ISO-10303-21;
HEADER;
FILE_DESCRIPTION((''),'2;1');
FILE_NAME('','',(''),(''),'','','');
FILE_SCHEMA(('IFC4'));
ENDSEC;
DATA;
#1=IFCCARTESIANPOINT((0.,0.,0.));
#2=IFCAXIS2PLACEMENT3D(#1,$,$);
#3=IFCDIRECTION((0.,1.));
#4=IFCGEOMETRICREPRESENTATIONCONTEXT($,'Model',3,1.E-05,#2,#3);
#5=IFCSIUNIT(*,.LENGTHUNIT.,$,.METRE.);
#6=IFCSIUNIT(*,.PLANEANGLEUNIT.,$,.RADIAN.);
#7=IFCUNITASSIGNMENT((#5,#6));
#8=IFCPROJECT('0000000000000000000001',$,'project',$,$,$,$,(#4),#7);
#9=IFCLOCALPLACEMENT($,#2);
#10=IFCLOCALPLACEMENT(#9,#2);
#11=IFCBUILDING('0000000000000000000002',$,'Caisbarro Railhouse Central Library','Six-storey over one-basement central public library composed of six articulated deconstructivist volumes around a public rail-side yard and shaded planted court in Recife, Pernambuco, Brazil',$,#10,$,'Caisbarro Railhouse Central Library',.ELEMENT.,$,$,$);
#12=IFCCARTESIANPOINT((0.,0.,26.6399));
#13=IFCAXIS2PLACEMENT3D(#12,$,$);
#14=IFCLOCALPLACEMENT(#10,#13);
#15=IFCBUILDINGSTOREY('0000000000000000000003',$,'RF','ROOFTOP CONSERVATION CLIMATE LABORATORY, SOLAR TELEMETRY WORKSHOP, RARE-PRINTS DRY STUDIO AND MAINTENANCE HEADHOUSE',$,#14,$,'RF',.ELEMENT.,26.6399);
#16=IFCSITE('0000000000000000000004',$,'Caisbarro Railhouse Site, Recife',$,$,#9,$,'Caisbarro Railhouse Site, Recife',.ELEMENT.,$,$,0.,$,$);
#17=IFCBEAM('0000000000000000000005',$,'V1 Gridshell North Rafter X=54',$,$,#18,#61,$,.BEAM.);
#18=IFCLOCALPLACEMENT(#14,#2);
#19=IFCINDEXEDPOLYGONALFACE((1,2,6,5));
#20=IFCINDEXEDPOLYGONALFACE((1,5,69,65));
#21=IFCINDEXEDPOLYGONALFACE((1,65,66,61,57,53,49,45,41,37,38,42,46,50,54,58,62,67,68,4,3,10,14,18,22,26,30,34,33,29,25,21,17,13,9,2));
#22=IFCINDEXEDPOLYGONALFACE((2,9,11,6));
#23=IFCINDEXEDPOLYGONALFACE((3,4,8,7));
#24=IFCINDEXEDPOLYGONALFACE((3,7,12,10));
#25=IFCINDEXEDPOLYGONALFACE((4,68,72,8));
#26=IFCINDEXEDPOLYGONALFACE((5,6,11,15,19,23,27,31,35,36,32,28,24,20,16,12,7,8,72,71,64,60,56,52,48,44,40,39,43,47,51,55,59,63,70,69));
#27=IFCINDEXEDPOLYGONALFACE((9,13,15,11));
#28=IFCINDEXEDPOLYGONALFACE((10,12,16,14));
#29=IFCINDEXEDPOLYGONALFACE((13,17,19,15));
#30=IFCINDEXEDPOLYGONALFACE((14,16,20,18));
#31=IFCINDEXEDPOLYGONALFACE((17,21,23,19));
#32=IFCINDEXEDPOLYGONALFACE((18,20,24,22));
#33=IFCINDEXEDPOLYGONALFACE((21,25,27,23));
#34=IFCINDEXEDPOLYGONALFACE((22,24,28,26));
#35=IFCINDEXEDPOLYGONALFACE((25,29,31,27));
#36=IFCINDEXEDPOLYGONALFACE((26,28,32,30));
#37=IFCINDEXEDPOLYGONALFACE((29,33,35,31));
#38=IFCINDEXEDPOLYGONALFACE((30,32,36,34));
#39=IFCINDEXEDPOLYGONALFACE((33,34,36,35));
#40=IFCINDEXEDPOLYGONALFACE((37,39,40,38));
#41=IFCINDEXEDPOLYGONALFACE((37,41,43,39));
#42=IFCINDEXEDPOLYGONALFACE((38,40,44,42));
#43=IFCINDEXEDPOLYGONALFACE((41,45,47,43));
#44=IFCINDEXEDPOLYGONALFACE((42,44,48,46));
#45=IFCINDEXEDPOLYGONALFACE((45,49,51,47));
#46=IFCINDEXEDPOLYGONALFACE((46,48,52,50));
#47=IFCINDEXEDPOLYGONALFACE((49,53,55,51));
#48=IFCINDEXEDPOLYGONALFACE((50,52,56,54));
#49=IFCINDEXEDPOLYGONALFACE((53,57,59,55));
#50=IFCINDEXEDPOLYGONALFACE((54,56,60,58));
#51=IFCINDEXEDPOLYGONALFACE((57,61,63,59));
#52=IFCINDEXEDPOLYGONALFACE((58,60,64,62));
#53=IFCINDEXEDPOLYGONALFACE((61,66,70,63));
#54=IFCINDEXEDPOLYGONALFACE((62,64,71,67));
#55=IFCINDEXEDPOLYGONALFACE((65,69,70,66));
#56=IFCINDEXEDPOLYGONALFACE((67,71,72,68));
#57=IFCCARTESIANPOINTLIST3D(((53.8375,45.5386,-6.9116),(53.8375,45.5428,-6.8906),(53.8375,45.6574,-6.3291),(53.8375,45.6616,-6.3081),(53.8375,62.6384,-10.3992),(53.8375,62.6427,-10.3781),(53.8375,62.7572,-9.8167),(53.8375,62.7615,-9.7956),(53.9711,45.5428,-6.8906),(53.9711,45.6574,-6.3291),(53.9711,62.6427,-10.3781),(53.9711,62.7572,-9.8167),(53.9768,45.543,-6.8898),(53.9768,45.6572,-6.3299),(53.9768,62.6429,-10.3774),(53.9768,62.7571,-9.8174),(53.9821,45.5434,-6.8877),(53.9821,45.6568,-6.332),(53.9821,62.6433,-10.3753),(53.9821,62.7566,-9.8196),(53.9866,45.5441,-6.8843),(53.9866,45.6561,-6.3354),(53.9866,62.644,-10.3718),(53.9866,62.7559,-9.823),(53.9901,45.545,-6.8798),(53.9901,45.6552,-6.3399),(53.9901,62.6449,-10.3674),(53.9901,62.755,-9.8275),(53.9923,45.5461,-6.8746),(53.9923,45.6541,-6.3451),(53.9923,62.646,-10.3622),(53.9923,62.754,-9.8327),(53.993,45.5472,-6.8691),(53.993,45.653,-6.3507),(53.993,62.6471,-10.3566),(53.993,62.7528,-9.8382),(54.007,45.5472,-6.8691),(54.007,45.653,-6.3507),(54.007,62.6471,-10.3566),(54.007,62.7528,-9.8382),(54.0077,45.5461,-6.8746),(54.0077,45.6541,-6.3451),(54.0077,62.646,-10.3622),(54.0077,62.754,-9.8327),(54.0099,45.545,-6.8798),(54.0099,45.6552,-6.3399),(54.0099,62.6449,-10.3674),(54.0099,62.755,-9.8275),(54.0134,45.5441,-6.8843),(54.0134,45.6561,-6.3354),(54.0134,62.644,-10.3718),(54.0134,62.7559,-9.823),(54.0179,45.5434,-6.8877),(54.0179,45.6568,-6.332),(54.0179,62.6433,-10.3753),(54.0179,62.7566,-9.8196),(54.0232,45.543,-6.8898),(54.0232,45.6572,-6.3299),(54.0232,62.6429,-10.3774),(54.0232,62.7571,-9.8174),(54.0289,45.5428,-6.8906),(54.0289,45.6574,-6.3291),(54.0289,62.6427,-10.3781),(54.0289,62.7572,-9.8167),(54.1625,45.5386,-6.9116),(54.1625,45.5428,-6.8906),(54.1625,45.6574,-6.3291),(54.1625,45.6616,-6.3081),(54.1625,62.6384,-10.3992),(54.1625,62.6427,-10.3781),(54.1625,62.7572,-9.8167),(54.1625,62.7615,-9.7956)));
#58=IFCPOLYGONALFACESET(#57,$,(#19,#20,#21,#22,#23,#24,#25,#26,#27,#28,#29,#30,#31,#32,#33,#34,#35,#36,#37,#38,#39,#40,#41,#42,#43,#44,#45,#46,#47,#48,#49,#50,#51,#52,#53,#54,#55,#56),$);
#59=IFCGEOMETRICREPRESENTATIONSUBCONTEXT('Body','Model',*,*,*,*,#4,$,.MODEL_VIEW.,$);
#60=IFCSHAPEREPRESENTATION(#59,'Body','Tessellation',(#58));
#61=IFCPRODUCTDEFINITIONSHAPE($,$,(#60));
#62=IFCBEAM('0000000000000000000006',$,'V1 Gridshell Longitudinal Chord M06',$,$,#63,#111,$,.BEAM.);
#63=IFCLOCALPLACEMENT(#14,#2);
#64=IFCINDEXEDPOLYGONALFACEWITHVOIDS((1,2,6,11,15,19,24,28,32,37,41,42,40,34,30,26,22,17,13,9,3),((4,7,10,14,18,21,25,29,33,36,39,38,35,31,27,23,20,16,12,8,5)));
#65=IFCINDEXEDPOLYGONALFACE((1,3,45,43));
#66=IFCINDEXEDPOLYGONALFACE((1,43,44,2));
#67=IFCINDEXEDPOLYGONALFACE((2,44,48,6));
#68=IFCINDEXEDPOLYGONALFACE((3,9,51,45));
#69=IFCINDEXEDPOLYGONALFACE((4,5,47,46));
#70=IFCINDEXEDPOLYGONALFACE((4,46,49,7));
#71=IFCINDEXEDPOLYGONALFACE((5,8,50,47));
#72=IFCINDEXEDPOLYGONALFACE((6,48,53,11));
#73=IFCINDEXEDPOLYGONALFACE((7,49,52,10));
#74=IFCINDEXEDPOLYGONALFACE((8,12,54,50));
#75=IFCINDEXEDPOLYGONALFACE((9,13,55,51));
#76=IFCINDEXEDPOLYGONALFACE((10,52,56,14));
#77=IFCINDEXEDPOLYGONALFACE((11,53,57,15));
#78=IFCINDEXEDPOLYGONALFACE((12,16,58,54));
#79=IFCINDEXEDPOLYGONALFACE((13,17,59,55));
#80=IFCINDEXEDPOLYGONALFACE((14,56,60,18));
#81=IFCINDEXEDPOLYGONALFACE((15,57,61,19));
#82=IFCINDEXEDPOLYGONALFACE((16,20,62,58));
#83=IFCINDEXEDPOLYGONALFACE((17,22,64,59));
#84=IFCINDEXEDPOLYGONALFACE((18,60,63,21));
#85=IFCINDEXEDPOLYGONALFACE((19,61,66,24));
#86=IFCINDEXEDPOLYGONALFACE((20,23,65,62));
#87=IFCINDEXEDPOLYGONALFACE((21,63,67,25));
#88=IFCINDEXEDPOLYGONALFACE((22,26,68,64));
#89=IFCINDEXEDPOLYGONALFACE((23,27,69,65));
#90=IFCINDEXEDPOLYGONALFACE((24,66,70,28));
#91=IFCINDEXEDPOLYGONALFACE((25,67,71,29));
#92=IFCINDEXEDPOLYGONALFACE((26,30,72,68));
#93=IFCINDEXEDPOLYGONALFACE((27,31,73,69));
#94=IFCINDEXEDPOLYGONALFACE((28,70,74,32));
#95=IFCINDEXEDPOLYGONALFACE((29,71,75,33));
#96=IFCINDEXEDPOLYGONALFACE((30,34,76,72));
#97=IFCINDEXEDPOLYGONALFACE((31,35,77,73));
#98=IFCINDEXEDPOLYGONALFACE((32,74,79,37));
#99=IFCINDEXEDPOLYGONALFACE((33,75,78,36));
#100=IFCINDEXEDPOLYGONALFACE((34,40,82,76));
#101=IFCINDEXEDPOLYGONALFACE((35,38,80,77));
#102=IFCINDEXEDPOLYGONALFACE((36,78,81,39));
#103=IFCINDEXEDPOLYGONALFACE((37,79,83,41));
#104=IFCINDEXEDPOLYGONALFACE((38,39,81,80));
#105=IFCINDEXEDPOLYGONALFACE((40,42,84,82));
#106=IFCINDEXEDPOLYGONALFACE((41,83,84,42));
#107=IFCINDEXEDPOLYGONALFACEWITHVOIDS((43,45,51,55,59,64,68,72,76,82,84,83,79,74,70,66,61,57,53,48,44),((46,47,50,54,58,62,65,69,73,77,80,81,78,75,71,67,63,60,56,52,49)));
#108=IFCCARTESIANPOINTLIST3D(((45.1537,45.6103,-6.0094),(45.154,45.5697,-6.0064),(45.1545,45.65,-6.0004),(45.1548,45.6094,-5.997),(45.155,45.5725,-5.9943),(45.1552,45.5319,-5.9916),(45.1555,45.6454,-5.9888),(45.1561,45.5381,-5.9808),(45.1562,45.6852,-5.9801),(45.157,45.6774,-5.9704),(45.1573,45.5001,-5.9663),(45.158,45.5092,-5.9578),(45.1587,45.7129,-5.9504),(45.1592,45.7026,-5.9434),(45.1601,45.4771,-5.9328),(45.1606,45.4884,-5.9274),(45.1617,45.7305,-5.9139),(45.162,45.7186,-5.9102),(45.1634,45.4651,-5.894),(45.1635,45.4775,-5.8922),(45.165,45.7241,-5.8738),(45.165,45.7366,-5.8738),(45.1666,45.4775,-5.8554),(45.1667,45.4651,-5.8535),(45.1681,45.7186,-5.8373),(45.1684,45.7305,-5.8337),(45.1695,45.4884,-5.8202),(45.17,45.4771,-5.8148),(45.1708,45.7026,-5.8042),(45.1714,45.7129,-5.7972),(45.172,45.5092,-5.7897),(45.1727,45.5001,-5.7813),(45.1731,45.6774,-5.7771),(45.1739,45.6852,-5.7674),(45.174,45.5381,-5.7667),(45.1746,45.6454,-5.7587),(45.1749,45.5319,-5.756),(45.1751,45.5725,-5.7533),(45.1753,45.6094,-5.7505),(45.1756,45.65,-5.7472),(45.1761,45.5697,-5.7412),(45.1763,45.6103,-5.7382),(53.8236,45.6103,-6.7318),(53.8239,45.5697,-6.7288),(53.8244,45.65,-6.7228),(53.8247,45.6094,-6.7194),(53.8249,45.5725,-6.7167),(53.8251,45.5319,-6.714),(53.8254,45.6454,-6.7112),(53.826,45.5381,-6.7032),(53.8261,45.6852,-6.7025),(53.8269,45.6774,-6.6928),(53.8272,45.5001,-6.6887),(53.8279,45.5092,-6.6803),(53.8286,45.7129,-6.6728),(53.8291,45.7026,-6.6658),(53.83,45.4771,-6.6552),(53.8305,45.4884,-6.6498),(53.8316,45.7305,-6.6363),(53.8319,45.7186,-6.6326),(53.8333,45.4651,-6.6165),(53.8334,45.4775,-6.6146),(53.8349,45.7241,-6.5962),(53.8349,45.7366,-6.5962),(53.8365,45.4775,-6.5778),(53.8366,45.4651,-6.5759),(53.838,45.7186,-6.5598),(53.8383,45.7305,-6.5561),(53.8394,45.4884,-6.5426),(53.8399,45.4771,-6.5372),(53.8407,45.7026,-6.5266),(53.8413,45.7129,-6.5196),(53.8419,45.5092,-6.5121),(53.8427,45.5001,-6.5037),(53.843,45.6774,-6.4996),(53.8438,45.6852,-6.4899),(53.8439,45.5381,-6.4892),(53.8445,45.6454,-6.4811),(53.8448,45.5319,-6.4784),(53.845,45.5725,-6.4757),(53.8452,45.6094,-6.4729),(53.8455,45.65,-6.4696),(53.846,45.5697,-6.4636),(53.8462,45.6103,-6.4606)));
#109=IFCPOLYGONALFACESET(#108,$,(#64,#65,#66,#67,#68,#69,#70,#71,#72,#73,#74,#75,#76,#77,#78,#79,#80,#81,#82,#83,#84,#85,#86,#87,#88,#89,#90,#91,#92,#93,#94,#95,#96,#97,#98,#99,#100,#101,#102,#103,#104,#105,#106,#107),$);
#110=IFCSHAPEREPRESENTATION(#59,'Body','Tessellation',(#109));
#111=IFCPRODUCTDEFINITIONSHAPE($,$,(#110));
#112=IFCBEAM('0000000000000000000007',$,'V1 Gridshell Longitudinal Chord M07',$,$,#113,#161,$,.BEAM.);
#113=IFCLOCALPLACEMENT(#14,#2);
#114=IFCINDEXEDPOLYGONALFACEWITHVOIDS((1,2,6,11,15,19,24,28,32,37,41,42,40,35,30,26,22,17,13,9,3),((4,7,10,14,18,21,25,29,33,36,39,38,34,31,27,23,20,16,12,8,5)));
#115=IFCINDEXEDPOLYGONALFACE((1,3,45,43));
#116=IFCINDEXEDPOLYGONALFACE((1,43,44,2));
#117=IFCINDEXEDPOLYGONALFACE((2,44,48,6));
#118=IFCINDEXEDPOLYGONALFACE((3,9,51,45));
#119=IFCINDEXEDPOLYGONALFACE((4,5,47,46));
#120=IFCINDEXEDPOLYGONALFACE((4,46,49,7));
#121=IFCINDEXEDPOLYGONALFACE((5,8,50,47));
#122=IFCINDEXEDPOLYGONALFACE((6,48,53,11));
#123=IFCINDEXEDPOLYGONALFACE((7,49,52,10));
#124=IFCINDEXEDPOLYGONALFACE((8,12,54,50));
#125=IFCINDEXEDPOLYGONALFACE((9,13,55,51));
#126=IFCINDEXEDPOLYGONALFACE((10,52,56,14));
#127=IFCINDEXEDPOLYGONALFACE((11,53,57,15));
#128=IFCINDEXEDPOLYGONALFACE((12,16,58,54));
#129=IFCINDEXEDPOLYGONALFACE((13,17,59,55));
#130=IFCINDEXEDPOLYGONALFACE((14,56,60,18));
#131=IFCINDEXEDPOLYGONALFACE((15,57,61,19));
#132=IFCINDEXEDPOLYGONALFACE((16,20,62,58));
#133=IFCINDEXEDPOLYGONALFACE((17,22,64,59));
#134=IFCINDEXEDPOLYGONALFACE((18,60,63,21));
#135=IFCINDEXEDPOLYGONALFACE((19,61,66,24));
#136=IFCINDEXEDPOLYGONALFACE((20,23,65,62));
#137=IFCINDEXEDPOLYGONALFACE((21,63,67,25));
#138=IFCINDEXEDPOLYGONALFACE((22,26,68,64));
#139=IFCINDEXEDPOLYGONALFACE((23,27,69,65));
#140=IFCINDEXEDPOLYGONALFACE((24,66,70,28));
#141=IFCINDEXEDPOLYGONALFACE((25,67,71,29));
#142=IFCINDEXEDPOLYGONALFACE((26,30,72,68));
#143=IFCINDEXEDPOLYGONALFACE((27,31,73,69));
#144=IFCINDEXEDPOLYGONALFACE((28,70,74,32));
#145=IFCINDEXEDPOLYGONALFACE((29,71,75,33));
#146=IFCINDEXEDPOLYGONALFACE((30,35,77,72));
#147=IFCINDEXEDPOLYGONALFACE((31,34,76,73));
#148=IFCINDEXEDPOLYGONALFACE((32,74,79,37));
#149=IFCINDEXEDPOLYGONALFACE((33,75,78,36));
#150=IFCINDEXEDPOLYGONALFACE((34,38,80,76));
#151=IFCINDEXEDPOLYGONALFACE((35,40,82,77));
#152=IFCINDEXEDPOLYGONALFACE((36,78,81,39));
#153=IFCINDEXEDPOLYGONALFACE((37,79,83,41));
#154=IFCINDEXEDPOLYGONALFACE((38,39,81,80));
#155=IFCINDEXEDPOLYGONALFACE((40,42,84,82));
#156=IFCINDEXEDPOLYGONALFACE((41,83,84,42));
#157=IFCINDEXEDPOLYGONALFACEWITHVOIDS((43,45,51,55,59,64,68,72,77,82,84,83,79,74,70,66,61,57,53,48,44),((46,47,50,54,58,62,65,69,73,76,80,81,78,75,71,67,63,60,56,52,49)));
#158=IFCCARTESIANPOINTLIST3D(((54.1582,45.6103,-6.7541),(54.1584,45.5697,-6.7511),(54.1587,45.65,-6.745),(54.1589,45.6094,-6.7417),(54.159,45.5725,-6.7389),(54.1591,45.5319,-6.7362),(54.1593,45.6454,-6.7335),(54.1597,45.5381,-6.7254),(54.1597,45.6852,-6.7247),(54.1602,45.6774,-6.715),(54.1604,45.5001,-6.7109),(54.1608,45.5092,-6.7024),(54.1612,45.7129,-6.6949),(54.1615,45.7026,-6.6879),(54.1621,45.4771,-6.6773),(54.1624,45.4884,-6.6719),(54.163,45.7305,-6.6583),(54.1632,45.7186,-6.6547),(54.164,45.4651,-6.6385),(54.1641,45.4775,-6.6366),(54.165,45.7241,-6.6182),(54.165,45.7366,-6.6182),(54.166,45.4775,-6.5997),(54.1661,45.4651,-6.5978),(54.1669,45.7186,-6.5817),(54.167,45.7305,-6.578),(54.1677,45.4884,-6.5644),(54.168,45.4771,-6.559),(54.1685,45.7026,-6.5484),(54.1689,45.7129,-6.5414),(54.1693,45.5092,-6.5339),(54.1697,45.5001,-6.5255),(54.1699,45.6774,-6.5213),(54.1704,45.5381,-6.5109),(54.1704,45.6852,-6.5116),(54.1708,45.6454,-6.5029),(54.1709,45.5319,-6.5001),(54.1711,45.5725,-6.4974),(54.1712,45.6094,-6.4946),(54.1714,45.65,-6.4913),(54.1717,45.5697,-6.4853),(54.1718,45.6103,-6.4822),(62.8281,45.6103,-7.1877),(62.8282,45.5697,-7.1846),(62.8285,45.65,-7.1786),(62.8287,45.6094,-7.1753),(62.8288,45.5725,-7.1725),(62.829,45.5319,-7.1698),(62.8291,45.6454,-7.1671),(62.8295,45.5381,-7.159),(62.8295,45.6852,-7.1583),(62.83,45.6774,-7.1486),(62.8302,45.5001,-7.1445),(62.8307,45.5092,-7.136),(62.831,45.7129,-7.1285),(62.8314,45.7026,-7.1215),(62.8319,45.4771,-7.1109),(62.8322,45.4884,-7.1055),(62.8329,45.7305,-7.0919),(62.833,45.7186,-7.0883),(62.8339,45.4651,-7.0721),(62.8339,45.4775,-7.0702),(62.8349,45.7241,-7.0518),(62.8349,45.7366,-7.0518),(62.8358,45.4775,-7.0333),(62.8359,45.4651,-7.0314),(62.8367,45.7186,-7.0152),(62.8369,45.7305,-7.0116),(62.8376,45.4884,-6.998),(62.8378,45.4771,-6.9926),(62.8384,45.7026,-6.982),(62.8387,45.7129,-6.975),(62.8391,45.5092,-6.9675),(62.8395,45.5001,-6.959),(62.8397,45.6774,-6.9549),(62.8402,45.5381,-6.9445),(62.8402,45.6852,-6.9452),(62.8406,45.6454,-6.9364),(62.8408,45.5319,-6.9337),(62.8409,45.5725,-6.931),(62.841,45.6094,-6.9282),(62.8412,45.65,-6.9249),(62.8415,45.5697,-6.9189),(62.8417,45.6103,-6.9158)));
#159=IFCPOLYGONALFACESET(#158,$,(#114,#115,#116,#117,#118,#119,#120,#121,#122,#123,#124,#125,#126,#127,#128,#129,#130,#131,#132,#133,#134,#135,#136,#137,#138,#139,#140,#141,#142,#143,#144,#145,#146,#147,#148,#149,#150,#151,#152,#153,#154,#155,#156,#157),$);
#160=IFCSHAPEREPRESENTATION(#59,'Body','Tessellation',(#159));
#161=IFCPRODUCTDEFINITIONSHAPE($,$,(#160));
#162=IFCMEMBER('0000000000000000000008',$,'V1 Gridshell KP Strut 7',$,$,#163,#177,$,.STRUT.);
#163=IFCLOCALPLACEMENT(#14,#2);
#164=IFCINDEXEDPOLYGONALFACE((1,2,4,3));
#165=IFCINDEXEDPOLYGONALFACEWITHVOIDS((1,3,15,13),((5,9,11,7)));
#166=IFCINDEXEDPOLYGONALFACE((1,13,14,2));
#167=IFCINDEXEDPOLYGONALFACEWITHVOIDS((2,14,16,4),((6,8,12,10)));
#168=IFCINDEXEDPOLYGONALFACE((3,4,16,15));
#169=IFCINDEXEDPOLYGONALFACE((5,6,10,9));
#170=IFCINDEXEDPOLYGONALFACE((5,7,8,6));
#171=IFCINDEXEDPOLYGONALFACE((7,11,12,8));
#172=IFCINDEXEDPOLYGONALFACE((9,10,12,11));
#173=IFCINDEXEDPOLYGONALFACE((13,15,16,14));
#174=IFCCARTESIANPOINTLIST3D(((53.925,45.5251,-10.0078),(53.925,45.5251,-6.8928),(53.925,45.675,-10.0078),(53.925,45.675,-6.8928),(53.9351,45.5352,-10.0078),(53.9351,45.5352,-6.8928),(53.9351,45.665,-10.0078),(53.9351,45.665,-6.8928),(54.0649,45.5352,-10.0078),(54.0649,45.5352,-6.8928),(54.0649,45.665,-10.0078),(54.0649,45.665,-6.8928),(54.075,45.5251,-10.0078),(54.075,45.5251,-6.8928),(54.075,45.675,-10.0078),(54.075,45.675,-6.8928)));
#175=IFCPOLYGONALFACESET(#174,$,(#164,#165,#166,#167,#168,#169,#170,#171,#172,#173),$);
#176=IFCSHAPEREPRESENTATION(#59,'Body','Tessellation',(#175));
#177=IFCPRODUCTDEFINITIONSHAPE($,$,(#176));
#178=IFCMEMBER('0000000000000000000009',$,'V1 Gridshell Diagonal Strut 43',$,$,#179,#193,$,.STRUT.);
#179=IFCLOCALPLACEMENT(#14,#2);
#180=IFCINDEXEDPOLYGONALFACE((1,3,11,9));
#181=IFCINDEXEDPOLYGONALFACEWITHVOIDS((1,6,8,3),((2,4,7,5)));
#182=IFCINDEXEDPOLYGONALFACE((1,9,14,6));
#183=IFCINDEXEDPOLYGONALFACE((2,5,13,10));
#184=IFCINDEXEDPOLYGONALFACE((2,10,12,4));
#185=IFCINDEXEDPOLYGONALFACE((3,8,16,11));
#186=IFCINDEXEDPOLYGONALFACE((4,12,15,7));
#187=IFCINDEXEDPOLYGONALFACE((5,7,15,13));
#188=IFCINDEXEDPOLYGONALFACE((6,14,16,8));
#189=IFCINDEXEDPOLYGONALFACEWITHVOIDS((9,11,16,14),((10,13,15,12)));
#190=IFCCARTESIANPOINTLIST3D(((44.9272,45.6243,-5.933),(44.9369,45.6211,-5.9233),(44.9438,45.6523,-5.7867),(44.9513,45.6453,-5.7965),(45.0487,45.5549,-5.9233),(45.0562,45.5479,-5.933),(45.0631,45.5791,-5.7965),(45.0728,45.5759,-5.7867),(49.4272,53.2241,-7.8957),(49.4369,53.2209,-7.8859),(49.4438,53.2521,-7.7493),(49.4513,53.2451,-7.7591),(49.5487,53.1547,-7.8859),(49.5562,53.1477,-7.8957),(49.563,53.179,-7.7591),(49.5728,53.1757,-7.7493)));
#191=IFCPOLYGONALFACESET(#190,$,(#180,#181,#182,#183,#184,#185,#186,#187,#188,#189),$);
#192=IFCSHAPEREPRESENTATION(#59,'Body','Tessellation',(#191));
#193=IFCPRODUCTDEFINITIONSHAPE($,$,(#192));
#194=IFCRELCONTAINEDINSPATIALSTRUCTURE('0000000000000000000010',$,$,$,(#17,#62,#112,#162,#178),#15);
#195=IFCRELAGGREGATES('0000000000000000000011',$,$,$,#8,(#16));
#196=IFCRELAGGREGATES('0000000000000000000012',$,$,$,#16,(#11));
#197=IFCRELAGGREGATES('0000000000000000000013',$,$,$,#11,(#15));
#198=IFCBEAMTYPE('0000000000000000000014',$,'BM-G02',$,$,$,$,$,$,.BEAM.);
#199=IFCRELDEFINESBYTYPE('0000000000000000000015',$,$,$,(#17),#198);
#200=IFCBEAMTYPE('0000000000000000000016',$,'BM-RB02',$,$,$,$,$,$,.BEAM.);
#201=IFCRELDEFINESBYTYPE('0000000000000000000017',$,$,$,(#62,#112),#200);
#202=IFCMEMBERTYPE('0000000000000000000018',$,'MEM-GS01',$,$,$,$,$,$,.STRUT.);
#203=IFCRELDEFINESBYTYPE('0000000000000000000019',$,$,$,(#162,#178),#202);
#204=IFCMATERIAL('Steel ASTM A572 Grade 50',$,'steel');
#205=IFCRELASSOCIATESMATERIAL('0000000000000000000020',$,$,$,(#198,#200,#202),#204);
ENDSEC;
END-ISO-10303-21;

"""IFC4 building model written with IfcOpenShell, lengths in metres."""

from ifc_helpers import new_model, si_unit, direction, frame, origin, origin_2d, place, context, subcontext, project, spatial, hollow_rectangle, hollow_circle, i_section, extrude, material, material_profile, profile_set, type_object, element, save


model = new_model("IFC4")

# Units and contexts
model_context = context("Model", 3, precision=1e-05, world=origin(), true_north=direction((0.0, 1.0)))
body_context = subcontext(model_context, "Body", "Model", "MODEL_VIEW")
ifc_project = project(units=[si_unit("LENGTHUNIT", "METRE"), si_unit("PLANEANGLEUNIT", "RADIAN")], contexts=[model_context])

# Site, building, storey
site_placement = place(None, origin())
site = spatial("IfcSite", under=ifc_project, at=site_placement, Name="Caisbarro Railhouse Site, Recife", LongName="Caisbarro Railhouse Site, Recife", CompositionType="ELEMENT", RefElevation=0.0)
building_placement = place(site_placement, origin())
building = spatial("IfcBuilding", under=site, at=building_placement, Name="Caisbarro Railhouse Central Library", Description="Six-storey over one-basement central public library composed of six articulated deconstructivist volumes around a public rail-side yard and shaded planted court in Recife, Pernambuco, Brazil", LongName="Caisbarro Railhouse Central Library", CompositionType="ELEMENT")
storey_placement = place(building_placement, frame((0.0, 0.0, 26.6399)))
storey = spatial("IfcBuildingStorey", under=building, at=storey_placement, Name="RF", Description="ROOFTOP CONSERVATION CLIMATE LABORATORY, SOLAR TELEMETRY WORKSHOP, RARE-PRINTS DRY STUDIO AND MAINTENANCE HEADHOUSE", LongName="RF", CompositionType="ELEMENT", Elevation=26.6399)

# Beams
ifc_material_1 = material(Name="Steel ASTM A572 Grade 50", Category="steel")
ifc_material_profile_1 = material_profile(ifc_material_1, i_section(OverallWidth=0.325, OverallDepth=0.616, WebThickness=0.0139, FlangeThickness=0.0215, FilletRadius=0.022, at=origin_2d()), Name="W610X174.0")
ifc_profile_set_1 = profile_set([ifc_material_profile_1], Name="Steel ASTM A572 Grade 50")
beam_type_1 = type_object("IfcBeamType", Name="BM-G02", PredefinedType="BEAM", material=ifc_profile_set_1)
beam_1_placement = place(storey_placement, frame((54.0, 45.6001, -6.6099), z_axis=(0.0, 0.979829, -0.199838), x_axis=(-1.0, 0.0, 0.0)))
element("IfcBeam", 1, at=beam_1_placement, inside=storey, type_object=beam_type_1, Name="V1 Gridshell North Rafter X=54", PredefinedType="BEAM", context=body_context, shape_type="SweptSolid", body=[
    extrude(i_section(OverallWidth=0.325, OverallDepth=0.616, WebThickness=0.0139, FlangeThickness=0.0215, FilletRadius=0.022, at=origin_2d()), origin(), (0.0, 0.0, 1.0), 17.4519),
])
ifc_material_profile_2 = material_profile(ifc_material_1, hollow_circle(Radius=0.1365, WallThickness=0.0125, at=origin_2d()), Name="CHS273.0X12.5")
ifc_profile_set_2 = profile_set([ifc_material_profile_2], Name="Steel ASTM A572 Grade 50")
beam_type_2 = type_object("IfcBeamType", Name="BM-RB02", PredefinedType="BEAM", material=ifc_profile_set_2)
beam_2_placement = place(storey_placement, frame((45.165, 45.6001, -5.8738), z_axis=(0.996547, 0.0, -0.083036), x_axis=(0.0, 1.0, 0.0)))
element("IfcBeam", 2, at=beam_2_placement, inside=storey, type_object=beam_type_2, Name="V1 Gridshell Longitudinal Chord M06", PredefinedType="BEAM", context=body_context, shape_type="SweptSolid", body=[
    extrude(hollow_circle(Radius=0.1365, WallThickness=0.0125, at=origin_2d()), origin(), (0.0, 0.0, 1.0), 8.7),
])
beam_3_placement = place(storey_placement, frame((54.165, 45.6001, -6.6182), z_axis=(0.998752, 0.0, -0.049949), x_axis=(0.0, 1.0, 0.0)))
element("IfcBeam", 3, at=beam_3_placement, inside=storey, type_object=beam_type_2, Name="V1 Gridshell Longitudinal Chord M07", PredefinedType="BEAM", context=body_context, shape_type="SweptSolid", body=[
    extrude(hollow_circle(Radius=0.1365, WallThickness=0.0125, at=origin_2d()), origin(), (0.0, 0.0, 1.0), 8.6807),
])

# Members
ifc_material_profile_3 = material_profile(ifc_material_1, hollow_rectangle(XDim=0.1499, YDim=0.1499, WallThickness=0.01, at=origin_2d()), Name="HSS150X150X10")
ifc_profile_set_3 = profile_set([ifc_material_profile_3], Name="Steel ASTM A572 Grade 50")
member_type = type_object("IfcMemberType", Name="MEM-GS01", PredefinedType="STRUT", material=ifc_profile_set_3)
member_1_placement = place(storey_placement, frame((54.0, 45.6001, -10.0078), z_axis=(0.0, 0.0, 1.0), x_axis=(1.0, 0.0, 0.0)))
element("IfcMember", 4, at=member_1_placement, inside=storey, type_object=member_type, Name="V1 Gridshell KP Strut 7", PredefinedType="STRUT", context=body_context, shape_type="SweptSolid", body=[
    extrude(hollow_rectangle(XDim=0.1499, YDim=0.1499, WallThickness=0.01, at=origin_2d()), origin(), (0.0, 0.0, 1.0), 3.115),
])
member_2_placement = place(storey_placement, frame((45.0, 45.6001, -5.8599), z_axis=(0.497367, 0.839982, -0.216924), x_axis=(-0.860471, 0.509499, 0.0)))
element("IfcMember", 5, at=member_2_placement, inside=storey, type_object=member_type, Name="V1 Gridshell Diagonal Strut 43", PredefinedType="STRUT", context=body_context, shape_type="SweptSolid", body=[
    extrude(hollow_rectangle(XDim=0.1499, YDim=0.1499, WallThickness=0.01, at=origin_2d()), origin(), (0.0, 0.0, 1.0), 9.0476),
])

save(model, "model.ifc")
